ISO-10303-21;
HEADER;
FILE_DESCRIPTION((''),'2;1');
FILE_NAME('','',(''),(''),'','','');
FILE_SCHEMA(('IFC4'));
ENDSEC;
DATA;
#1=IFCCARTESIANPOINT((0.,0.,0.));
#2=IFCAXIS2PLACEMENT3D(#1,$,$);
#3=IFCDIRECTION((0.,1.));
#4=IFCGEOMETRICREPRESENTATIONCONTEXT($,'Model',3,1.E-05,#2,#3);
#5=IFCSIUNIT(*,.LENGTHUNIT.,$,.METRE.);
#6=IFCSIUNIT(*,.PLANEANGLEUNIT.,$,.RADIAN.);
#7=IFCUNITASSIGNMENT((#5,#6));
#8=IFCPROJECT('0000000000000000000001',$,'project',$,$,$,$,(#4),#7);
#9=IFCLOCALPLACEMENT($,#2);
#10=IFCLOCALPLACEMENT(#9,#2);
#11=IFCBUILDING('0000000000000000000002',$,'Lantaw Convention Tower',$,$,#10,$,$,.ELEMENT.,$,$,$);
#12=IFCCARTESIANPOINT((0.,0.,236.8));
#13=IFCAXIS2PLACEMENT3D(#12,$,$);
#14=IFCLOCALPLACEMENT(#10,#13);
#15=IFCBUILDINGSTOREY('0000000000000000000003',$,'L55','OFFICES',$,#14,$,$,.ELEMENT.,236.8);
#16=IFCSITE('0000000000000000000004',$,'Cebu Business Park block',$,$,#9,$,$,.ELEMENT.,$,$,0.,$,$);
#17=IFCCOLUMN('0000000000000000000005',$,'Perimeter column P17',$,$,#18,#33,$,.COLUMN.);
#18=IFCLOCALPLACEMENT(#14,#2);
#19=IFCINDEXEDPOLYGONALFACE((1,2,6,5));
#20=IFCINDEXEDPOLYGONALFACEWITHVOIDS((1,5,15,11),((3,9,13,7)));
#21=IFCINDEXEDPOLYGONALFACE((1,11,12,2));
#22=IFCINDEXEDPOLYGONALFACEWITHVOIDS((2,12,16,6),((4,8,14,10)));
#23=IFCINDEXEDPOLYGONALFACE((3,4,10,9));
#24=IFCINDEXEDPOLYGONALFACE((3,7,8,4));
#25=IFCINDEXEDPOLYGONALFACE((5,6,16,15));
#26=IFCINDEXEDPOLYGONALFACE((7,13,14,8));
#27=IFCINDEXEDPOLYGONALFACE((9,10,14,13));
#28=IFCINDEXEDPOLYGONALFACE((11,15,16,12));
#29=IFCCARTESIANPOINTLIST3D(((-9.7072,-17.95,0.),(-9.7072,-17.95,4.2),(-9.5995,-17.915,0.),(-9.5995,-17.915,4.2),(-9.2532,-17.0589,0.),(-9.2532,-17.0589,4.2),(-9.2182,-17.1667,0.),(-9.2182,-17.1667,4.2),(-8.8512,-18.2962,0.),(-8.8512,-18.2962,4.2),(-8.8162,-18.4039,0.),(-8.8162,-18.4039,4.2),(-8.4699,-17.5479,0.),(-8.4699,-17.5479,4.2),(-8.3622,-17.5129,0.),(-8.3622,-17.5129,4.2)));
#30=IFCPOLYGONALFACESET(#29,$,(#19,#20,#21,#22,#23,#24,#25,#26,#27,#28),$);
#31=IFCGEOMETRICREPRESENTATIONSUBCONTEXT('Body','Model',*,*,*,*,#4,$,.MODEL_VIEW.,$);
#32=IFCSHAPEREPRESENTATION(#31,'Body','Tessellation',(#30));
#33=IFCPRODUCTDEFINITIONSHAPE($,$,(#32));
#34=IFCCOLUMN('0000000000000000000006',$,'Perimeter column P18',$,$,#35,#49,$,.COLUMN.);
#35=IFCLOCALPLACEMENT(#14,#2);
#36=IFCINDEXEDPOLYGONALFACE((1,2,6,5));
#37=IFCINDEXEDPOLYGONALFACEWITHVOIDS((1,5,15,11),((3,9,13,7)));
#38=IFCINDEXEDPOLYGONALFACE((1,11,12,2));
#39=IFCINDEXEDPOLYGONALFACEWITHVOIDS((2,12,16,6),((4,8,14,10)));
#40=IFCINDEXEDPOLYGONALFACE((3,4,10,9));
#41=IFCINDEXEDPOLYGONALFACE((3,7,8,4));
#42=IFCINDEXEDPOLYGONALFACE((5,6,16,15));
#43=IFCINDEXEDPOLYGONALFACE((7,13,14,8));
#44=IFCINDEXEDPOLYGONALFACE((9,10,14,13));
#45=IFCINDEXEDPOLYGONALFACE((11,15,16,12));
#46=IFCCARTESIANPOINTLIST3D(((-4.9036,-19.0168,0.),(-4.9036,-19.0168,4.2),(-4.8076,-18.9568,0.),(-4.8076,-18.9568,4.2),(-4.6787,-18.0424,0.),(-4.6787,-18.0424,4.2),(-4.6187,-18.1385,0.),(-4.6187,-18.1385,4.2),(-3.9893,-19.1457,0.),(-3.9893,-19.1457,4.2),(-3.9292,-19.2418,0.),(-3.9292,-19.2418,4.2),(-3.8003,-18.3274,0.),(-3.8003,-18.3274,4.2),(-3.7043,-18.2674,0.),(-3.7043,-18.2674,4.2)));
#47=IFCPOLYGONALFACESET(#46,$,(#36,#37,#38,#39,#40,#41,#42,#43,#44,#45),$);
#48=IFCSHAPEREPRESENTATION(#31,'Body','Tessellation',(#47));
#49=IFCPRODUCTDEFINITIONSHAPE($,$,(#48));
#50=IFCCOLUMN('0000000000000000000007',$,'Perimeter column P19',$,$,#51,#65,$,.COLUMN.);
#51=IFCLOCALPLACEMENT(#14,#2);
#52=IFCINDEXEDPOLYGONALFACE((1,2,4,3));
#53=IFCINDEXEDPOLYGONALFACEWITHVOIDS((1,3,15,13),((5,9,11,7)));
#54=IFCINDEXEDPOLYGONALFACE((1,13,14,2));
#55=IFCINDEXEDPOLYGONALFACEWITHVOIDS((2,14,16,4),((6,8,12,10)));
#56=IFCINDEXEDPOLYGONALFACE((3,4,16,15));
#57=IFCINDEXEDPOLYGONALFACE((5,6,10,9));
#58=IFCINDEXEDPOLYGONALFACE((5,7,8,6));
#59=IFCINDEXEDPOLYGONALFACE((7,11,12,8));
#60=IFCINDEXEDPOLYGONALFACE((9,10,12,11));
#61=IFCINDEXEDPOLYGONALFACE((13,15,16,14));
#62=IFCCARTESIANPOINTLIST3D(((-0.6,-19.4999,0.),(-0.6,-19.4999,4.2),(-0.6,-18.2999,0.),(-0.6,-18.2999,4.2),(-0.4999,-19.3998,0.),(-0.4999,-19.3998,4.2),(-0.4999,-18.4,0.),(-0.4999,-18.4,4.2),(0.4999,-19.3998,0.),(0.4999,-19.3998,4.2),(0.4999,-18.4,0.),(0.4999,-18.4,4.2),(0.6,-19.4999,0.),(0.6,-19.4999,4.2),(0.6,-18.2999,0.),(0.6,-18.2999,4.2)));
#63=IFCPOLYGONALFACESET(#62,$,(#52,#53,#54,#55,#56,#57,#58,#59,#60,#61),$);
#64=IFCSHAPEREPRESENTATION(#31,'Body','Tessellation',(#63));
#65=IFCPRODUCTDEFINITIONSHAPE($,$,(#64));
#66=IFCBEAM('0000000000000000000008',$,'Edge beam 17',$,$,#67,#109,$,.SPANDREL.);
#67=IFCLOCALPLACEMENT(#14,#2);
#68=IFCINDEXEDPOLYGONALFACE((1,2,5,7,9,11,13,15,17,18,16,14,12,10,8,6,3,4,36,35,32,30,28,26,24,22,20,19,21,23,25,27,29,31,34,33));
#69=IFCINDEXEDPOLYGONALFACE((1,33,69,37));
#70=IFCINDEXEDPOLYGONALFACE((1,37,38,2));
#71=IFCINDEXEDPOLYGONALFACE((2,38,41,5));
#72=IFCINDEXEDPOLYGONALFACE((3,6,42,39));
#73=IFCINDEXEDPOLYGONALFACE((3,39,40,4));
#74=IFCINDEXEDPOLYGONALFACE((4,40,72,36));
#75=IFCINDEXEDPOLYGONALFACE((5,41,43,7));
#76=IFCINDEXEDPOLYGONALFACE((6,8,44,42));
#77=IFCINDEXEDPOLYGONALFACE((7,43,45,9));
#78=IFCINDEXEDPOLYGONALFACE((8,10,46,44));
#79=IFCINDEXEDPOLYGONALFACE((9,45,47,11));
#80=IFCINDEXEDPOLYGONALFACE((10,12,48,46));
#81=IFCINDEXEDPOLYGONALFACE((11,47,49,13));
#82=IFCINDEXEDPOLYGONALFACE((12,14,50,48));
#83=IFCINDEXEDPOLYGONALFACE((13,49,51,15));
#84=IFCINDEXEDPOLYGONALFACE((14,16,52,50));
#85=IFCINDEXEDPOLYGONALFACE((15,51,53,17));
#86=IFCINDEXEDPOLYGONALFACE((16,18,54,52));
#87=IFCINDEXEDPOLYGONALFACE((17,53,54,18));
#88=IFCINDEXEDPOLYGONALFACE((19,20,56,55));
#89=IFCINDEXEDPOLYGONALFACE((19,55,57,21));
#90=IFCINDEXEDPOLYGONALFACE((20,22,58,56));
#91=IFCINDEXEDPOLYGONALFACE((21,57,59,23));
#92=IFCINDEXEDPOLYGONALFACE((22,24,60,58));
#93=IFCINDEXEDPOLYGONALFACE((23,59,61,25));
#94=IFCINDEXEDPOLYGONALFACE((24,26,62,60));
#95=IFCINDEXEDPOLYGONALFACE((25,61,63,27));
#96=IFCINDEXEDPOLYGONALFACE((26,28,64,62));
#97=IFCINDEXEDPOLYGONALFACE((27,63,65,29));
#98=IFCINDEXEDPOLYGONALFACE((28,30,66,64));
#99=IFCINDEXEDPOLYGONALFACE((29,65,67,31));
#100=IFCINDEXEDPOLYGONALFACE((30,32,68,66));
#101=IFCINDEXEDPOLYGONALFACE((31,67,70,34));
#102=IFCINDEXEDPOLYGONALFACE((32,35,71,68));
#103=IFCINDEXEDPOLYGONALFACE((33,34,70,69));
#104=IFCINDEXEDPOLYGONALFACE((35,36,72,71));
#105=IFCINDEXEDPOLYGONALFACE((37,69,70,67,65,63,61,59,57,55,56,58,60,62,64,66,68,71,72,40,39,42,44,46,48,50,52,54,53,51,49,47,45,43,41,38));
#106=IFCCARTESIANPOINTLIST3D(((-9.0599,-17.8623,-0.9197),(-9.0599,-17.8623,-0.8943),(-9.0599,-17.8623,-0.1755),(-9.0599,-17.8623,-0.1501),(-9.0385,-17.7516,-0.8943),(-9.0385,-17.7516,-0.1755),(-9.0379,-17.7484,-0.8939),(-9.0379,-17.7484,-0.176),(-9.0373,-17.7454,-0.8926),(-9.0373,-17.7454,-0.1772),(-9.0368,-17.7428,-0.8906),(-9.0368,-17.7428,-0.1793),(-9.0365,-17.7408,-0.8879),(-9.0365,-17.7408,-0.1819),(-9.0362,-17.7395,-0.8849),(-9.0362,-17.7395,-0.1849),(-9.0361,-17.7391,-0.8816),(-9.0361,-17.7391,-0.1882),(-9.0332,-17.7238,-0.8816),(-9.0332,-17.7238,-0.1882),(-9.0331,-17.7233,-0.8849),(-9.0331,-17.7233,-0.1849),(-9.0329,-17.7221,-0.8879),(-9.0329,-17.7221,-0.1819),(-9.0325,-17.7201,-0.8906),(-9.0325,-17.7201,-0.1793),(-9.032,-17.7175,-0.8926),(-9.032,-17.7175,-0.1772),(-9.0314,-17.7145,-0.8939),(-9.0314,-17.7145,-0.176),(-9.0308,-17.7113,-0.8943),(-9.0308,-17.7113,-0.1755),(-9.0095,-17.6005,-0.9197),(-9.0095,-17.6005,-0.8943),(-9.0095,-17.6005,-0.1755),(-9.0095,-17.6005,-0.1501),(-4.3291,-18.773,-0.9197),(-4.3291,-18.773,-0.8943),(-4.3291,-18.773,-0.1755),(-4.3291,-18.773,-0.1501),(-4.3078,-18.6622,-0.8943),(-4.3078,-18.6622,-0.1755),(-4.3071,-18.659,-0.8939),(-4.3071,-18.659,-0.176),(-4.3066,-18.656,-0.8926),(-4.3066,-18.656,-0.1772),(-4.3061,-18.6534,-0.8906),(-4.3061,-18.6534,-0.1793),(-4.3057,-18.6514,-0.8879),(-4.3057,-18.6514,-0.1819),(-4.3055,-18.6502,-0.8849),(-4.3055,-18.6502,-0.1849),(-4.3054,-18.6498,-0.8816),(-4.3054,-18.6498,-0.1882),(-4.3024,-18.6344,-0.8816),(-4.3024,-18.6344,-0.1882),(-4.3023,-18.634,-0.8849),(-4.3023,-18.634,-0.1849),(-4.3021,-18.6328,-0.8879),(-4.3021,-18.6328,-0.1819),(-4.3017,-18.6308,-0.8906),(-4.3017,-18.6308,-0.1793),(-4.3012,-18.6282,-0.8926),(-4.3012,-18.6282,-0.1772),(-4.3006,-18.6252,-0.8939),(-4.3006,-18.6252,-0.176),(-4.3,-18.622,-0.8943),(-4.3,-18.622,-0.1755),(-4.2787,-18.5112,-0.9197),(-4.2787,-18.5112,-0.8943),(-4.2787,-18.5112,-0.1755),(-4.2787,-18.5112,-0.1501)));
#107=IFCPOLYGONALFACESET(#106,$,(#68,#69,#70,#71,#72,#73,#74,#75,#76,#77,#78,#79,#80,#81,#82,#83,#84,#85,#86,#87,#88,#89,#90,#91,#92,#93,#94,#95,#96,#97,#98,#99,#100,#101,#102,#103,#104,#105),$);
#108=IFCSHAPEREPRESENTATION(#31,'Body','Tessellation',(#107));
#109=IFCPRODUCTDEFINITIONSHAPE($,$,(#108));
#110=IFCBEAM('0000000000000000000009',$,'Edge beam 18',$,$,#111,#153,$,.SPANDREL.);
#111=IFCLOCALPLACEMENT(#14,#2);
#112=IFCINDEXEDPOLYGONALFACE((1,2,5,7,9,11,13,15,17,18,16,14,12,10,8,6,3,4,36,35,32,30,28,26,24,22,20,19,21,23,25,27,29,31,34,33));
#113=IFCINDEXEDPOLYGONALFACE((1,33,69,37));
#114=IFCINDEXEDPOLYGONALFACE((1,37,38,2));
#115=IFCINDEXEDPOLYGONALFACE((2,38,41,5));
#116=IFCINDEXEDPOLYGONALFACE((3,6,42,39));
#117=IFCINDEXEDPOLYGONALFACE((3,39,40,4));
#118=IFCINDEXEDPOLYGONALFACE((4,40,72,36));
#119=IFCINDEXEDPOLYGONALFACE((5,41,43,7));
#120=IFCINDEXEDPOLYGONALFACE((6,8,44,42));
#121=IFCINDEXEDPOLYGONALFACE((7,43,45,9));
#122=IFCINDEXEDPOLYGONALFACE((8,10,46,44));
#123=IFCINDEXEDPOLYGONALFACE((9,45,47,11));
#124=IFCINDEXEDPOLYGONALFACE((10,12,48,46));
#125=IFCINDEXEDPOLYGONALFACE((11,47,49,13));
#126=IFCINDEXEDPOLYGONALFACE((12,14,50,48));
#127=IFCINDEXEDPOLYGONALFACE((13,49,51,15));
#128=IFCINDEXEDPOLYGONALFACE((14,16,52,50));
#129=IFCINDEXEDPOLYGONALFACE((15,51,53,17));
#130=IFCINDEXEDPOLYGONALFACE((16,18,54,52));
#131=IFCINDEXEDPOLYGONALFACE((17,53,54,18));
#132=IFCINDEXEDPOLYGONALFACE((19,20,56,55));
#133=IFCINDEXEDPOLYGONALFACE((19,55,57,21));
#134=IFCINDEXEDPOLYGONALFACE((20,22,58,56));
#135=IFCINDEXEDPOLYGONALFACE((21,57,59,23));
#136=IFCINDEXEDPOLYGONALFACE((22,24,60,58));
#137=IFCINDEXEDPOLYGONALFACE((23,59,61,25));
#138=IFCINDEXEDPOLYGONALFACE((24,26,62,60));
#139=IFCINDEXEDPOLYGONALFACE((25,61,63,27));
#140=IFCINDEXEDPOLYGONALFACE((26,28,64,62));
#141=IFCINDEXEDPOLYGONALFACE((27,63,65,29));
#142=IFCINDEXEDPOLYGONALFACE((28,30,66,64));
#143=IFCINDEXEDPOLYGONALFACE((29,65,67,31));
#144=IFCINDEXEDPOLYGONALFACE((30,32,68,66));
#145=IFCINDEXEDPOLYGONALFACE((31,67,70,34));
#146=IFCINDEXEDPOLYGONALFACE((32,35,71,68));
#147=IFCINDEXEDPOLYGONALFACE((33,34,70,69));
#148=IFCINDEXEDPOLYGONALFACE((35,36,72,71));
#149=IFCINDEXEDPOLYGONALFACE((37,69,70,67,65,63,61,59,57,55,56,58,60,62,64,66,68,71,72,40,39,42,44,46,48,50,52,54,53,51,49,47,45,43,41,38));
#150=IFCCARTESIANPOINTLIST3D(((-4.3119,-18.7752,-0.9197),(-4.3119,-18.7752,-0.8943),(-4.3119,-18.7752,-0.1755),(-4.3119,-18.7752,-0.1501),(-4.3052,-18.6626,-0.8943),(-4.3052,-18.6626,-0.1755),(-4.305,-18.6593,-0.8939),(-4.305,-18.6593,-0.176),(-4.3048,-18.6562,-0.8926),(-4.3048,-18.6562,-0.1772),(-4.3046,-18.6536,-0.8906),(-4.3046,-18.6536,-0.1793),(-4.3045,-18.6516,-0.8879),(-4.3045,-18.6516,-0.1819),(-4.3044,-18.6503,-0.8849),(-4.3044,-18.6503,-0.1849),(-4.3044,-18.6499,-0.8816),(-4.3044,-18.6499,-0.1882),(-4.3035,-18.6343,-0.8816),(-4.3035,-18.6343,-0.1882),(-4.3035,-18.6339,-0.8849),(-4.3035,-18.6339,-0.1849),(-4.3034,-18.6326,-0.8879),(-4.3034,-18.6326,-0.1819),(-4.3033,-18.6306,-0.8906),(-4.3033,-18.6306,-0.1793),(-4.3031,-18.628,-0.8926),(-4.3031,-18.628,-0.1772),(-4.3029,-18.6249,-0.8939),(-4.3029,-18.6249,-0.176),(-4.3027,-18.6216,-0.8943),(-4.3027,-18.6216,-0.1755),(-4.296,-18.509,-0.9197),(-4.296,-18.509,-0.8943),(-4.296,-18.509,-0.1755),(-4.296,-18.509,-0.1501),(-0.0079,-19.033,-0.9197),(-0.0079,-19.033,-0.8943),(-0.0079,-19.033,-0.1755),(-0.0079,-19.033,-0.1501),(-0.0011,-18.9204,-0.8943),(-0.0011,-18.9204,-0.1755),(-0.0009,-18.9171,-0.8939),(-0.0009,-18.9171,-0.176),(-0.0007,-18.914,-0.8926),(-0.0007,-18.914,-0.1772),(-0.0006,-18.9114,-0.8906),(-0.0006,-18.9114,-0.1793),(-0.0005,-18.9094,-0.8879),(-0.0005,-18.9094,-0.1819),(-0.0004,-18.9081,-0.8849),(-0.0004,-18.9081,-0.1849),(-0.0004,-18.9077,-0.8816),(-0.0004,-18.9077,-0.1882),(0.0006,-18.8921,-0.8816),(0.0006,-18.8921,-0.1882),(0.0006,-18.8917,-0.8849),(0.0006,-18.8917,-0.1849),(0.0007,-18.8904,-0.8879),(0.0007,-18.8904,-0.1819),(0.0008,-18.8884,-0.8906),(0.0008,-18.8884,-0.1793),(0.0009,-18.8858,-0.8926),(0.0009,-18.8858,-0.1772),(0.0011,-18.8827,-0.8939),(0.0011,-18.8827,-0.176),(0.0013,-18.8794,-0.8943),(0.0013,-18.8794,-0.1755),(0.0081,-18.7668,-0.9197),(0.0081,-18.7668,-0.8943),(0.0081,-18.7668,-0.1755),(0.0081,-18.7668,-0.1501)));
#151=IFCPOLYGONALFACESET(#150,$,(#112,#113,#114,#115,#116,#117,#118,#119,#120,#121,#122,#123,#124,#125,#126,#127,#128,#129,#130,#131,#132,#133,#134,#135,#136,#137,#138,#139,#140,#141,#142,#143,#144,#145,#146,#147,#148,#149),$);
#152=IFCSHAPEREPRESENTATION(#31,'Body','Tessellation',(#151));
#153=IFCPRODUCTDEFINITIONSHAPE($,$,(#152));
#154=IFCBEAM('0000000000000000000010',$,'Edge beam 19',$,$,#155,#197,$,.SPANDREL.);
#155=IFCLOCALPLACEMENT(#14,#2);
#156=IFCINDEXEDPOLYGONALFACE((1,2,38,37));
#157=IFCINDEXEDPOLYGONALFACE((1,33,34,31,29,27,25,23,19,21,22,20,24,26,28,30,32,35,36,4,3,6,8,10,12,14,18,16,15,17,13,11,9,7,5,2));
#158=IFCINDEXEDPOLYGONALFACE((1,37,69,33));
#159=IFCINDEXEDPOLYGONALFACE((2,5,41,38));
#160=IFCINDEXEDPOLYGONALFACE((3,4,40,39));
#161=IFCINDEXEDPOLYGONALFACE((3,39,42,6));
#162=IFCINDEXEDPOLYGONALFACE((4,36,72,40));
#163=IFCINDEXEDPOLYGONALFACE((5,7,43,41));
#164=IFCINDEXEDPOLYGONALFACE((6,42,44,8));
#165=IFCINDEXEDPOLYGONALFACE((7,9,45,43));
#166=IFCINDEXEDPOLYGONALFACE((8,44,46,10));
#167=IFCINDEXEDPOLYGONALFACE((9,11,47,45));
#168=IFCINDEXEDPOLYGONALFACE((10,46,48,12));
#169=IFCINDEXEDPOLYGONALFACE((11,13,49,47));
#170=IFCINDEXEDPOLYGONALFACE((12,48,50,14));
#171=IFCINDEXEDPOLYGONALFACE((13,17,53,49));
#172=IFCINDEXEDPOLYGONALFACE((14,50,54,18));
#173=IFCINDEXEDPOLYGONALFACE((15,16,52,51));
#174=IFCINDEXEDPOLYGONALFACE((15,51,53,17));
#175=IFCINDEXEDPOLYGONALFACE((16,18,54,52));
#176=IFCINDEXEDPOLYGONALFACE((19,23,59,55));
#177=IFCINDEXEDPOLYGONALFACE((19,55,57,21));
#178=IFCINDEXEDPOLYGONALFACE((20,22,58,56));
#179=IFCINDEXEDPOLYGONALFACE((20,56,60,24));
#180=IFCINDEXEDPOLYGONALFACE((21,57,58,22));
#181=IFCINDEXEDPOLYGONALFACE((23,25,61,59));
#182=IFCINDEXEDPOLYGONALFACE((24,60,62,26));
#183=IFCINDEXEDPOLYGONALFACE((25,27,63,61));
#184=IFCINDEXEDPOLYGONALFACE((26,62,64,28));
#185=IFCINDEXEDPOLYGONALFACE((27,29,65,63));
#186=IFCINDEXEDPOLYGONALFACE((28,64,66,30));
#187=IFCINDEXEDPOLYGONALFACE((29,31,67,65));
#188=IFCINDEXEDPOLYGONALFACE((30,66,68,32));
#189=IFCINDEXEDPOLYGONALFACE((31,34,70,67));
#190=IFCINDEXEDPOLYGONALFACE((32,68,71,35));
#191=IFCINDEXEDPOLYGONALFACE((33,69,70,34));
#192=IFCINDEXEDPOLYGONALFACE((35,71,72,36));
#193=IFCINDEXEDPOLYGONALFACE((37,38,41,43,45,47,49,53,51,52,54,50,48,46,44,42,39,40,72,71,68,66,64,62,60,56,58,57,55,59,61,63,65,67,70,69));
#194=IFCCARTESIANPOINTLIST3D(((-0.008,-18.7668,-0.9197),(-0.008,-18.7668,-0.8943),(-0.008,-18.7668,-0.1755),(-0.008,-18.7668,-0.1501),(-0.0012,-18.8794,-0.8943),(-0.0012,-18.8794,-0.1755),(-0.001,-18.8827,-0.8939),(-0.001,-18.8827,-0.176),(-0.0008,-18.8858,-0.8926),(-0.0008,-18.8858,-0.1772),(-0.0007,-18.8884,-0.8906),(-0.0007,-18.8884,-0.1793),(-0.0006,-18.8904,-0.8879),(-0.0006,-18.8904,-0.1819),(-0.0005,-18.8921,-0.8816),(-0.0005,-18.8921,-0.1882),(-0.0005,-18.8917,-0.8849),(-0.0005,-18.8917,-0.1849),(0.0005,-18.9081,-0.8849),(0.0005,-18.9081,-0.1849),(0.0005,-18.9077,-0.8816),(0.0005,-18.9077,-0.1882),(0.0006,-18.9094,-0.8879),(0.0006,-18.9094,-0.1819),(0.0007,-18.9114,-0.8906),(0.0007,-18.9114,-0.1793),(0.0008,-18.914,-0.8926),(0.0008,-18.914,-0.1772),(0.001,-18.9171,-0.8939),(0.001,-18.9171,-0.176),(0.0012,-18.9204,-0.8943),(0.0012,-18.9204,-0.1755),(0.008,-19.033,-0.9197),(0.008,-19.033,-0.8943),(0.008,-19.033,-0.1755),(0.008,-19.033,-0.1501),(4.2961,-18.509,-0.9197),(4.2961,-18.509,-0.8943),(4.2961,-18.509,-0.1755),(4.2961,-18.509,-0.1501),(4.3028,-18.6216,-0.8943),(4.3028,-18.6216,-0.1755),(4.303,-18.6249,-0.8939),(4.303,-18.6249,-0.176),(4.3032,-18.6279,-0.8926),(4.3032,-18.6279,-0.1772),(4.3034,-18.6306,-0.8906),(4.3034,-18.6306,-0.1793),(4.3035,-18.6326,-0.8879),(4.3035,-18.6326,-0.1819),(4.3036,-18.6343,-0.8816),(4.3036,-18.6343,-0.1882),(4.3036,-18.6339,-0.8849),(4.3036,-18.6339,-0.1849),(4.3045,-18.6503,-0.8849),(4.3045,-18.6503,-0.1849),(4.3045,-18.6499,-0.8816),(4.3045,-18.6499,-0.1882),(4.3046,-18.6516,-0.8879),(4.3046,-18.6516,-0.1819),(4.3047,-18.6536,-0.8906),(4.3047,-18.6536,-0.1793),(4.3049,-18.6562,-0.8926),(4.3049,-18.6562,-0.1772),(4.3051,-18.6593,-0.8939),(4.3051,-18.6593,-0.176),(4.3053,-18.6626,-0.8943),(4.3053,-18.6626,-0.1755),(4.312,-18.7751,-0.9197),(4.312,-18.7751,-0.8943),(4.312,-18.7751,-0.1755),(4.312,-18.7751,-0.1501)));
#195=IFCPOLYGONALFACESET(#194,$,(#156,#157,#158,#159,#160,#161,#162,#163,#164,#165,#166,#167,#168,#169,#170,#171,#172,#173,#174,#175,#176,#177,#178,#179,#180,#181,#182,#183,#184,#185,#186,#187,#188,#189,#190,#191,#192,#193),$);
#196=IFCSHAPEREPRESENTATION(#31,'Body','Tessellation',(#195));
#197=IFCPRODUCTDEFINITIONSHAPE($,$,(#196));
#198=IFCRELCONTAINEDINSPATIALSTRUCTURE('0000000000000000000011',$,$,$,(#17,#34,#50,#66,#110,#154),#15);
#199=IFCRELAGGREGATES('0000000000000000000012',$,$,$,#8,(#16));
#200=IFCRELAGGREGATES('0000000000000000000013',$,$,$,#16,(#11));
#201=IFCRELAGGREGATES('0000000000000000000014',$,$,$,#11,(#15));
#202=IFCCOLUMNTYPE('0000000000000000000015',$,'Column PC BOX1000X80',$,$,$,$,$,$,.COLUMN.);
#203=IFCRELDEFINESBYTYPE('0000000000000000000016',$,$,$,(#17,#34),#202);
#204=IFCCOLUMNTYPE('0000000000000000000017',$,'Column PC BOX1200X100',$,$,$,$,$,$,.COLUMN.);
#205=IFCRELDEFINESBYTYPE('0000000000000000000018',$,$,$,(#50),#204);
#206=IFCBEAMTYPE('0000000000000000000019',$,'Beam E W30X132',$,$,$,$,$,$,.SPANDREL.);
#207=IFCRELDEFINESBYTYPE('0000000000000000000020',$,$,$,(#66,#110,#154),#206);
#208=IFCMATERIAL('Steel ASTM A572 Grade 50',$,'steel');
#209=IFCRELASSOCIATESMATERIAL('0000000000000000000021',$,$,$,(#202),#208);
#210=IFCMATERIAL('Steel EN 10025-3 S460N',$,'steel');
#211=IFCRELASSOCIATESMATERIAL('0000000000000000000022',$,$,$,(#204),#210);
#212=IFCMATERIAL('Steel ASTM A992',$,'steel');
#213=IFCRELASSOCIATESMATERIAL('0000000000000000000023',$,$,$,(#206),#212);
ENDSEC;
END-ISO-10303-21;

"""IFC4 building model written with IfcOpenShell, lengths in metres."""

from ifc_helpers import new_model, si_unit, direction, frame, origin, origin_2d, place, context, subcontext, project, spatial, rectangle, hollow_rectangle, i_section, extrude, material, material_profile, profile_set, type_object, element, save


model = new_model("IFC4")

# Units and contexts
model_context = context("Model", 3, precision=1e-05, world=origin(), true_north=direction((0.0, 1.0)))
body_context = subcontext(model_context, "Body", "Model", "MODEL_VIEW")
ifc_project = project(units=[si_unit("LENGTHUNIT", "METRE"), si_unit("PLANEANGLEUNIT", "RADIAN")], contexts=[model_context])

# Site, building, storey
site_placement = place(None, origin())
site = spatial("IfcSite", under=ifc_project, at=site_placement, Name="Cebu Business Park block", CompositionType="ELEMENT", RefElevation=0.0)
building_placement = place(site_placement, origin())
building = spatial("IfcBuilding", under=site, at=building_placement, Name="Lantaw Convention Tower", CompositionType="ELEMENT")
storey_placement = place(building_placement, frame((0.0, 0.0, 236.8)))
storey = spatial("IfcBuildingStorey", under=building, at=storey_placement, Name="L55", Description="OFFICES", CompositionType="ELEMENT", Elevation=236.8)

# Columns
ifc_material_1 = material(Name="Steel ASTM A572 Grade 50", Category="steel")
ifc_material_profile_1 = material_profile(ifc_material_1, hollow_rectangle(XDim=1.0, YDim=1.0, WallThickness=0.0801, at=origin_2d()), Name="BOX1000X80")
ifc_material_2 = material(Name="Concrete C60/75", Category="concrete")
ifc_material_profile_2 = material_profile(ifc_material_2, rectangle(XDim=0.8401, YDim=0.8401, at=origin_2d()), Name="Concrete fill of BOX1000X80")
ifc_profile_set_1 = profile_set([ifc_material_profile_1, ifc_material_profile_2], Name="Steel ASTM A572 Grade 50")
column_type_1 = type_object("IfcColumnType", Name="Column PC BOX1000X80", PredefinedType="COLUMN", material=ifc_profile_set_1)
for number, where, z_axis, x_axis, name in (
    (1, (-9.0347, -17.7314, 0.0), (0.0, 0.0, 1.0), (0.45399, 0.891007, 0.0), "Perimeter column P17"),
    (2, (-4.304, -18.6421, 0.0), (0.0, 0.0, 1.0), (0.224951, 0.97437, 0.0), "Perimeter column P18"),
):
    element("IfcColumn", number, at=place(storey_placement, frame(where, z_axis=z_axis, x_axis=x_axis)), inside=storey, type_object=column_type_1, Name=name, PredefinedType="COLUMN", context=body_context, shape_type="SweptSolid", body=[
        extrude(hollow_rectangle(XDim=1.0, YDim=1.0, WallThickness=0.0801, at=origin_2d()), origin(), (0.0, 0.0, 1.0), 4.2),
    ])
ifc_material_3 = material(Name="Steel EN 10025-3 S460N", Category="steel")
ifc_material_profile_3 = material_profile(ifc_material_3, hollow_rectangle(XDim=1.2, YDim=1.2, WallThickness=0.1001, at=origin_2d()), Name="BOX1200X100")
ifc_material_profile_4 = material_profile(ifc_material_2, rectangle(XDim=1.0, YDim=1.0, at=origin_2d()), Name="Concrete fill of BOX1200X100")
ifc_profile_set_2 = profile_set([ifc_material_profile_3, ifc_material_profile_4], Name="Steel EN 10025-3 S460N")
column_type_2 = type_object("IfcColumnType", Name="Column PC BOX1200X100", PredefinedType="COLUMN", material=ifc_profile_set_2)
column_placement = place(storey_placement, frame((0.0, -18.8999, 0.0), z_axis=(0.0, 0.0, 1.0), x_axis=(1.0, 0.0, 0.0)))
element("IfcColumn", 3, at=column_placement, inside=storey, type_object=column_type_2, Name="Perimeter column P19", PredefinedType="COLUMN", context=body_context, shape_type="SweptSolid", body=[
    extrude(hollow_rectangle(XDim=1.2, YDim=1.2, WallThickness=0.1001, at=origin_2d()), origin(), (0.0, 0.0, 1.0), 4.2),
])

# Beams
ifc_material_4 = material(Name="Steel ASTM A992", Category="steel")
ifc_material_profile_5 = material_profile(ifc_material_4, i_section(OverallWidth=0.2666, OverallDepth=0.7695, WebThickness=0.0156, FlangeThickness=0.0254, FilletRadius=0.0127, at=origin_2d()), Name="W30X132")
ifc_profile_set_3 = profile_set([ifc_material_profile_5], Name="Steel ASTM A992")
beam_type_1 = type_object("IfcBeamType", Name="Beam E W30X132", PredefinedType="SPANDREL", material=ifc_profile_set_3)
beam_1_placement = place(storey_placement, frame((-9.0347, -17.7314, -0.5349), z_axis=(0.981972, -0.189026, 0.0), x_axis=(0.189026, 0.981972, 0.0)))
element("IfcBeam", 4, at=beam_1_placement, inside=storey, type_object=beam_type_1, Name="Edge beam 17", PredefinedType="SPANDREL", context=body_context, shape_type="SweptSolid", body=[
    extrude(i_section(OverallWidth=0.2666, OverallDepth=0.7695, WebThickness=0.0156, FlangeThickness=0.0254, FilletRadius=0.0127, at=origin_2d()), origin(), (0.0, 0.0, 1.0), 4.8176),
])
for number, where, z_axis, x_axis, name in (
    (5, (-4.304, -18.6421, -0.5349), (0.998211, -0.059794, 0.0), (0.059794, 0.998211, 0.0), "Edge beam 18"),
    (6, (0.0, -18.8999, -0.5349), (0.998211, 0.059794, 0.0), (-0.059794, 0.998211, 0.0), "Edge beam 19"),
):
    element("IfcBeam", number, at=place(storey_placement, frame(where, z_axis=z_axis, x_axis=x_axis)), inside=storey, type_object=beam_type_1, Name=name, PredefinedType="SPANDREL", context=body_context, shape_type="SweptSolid", body=[
        extrude(i_section(OverallWidth=0.2666, OverallDepth=0.7695, WebThickness=0.0156, FlangeThickness=0.0254, FilletRadius=0.0127, at=origin_2d()), origin(), (0.0, 0.0, 1.0), 4.3118),
    ])

save(model, "model.ifc")
